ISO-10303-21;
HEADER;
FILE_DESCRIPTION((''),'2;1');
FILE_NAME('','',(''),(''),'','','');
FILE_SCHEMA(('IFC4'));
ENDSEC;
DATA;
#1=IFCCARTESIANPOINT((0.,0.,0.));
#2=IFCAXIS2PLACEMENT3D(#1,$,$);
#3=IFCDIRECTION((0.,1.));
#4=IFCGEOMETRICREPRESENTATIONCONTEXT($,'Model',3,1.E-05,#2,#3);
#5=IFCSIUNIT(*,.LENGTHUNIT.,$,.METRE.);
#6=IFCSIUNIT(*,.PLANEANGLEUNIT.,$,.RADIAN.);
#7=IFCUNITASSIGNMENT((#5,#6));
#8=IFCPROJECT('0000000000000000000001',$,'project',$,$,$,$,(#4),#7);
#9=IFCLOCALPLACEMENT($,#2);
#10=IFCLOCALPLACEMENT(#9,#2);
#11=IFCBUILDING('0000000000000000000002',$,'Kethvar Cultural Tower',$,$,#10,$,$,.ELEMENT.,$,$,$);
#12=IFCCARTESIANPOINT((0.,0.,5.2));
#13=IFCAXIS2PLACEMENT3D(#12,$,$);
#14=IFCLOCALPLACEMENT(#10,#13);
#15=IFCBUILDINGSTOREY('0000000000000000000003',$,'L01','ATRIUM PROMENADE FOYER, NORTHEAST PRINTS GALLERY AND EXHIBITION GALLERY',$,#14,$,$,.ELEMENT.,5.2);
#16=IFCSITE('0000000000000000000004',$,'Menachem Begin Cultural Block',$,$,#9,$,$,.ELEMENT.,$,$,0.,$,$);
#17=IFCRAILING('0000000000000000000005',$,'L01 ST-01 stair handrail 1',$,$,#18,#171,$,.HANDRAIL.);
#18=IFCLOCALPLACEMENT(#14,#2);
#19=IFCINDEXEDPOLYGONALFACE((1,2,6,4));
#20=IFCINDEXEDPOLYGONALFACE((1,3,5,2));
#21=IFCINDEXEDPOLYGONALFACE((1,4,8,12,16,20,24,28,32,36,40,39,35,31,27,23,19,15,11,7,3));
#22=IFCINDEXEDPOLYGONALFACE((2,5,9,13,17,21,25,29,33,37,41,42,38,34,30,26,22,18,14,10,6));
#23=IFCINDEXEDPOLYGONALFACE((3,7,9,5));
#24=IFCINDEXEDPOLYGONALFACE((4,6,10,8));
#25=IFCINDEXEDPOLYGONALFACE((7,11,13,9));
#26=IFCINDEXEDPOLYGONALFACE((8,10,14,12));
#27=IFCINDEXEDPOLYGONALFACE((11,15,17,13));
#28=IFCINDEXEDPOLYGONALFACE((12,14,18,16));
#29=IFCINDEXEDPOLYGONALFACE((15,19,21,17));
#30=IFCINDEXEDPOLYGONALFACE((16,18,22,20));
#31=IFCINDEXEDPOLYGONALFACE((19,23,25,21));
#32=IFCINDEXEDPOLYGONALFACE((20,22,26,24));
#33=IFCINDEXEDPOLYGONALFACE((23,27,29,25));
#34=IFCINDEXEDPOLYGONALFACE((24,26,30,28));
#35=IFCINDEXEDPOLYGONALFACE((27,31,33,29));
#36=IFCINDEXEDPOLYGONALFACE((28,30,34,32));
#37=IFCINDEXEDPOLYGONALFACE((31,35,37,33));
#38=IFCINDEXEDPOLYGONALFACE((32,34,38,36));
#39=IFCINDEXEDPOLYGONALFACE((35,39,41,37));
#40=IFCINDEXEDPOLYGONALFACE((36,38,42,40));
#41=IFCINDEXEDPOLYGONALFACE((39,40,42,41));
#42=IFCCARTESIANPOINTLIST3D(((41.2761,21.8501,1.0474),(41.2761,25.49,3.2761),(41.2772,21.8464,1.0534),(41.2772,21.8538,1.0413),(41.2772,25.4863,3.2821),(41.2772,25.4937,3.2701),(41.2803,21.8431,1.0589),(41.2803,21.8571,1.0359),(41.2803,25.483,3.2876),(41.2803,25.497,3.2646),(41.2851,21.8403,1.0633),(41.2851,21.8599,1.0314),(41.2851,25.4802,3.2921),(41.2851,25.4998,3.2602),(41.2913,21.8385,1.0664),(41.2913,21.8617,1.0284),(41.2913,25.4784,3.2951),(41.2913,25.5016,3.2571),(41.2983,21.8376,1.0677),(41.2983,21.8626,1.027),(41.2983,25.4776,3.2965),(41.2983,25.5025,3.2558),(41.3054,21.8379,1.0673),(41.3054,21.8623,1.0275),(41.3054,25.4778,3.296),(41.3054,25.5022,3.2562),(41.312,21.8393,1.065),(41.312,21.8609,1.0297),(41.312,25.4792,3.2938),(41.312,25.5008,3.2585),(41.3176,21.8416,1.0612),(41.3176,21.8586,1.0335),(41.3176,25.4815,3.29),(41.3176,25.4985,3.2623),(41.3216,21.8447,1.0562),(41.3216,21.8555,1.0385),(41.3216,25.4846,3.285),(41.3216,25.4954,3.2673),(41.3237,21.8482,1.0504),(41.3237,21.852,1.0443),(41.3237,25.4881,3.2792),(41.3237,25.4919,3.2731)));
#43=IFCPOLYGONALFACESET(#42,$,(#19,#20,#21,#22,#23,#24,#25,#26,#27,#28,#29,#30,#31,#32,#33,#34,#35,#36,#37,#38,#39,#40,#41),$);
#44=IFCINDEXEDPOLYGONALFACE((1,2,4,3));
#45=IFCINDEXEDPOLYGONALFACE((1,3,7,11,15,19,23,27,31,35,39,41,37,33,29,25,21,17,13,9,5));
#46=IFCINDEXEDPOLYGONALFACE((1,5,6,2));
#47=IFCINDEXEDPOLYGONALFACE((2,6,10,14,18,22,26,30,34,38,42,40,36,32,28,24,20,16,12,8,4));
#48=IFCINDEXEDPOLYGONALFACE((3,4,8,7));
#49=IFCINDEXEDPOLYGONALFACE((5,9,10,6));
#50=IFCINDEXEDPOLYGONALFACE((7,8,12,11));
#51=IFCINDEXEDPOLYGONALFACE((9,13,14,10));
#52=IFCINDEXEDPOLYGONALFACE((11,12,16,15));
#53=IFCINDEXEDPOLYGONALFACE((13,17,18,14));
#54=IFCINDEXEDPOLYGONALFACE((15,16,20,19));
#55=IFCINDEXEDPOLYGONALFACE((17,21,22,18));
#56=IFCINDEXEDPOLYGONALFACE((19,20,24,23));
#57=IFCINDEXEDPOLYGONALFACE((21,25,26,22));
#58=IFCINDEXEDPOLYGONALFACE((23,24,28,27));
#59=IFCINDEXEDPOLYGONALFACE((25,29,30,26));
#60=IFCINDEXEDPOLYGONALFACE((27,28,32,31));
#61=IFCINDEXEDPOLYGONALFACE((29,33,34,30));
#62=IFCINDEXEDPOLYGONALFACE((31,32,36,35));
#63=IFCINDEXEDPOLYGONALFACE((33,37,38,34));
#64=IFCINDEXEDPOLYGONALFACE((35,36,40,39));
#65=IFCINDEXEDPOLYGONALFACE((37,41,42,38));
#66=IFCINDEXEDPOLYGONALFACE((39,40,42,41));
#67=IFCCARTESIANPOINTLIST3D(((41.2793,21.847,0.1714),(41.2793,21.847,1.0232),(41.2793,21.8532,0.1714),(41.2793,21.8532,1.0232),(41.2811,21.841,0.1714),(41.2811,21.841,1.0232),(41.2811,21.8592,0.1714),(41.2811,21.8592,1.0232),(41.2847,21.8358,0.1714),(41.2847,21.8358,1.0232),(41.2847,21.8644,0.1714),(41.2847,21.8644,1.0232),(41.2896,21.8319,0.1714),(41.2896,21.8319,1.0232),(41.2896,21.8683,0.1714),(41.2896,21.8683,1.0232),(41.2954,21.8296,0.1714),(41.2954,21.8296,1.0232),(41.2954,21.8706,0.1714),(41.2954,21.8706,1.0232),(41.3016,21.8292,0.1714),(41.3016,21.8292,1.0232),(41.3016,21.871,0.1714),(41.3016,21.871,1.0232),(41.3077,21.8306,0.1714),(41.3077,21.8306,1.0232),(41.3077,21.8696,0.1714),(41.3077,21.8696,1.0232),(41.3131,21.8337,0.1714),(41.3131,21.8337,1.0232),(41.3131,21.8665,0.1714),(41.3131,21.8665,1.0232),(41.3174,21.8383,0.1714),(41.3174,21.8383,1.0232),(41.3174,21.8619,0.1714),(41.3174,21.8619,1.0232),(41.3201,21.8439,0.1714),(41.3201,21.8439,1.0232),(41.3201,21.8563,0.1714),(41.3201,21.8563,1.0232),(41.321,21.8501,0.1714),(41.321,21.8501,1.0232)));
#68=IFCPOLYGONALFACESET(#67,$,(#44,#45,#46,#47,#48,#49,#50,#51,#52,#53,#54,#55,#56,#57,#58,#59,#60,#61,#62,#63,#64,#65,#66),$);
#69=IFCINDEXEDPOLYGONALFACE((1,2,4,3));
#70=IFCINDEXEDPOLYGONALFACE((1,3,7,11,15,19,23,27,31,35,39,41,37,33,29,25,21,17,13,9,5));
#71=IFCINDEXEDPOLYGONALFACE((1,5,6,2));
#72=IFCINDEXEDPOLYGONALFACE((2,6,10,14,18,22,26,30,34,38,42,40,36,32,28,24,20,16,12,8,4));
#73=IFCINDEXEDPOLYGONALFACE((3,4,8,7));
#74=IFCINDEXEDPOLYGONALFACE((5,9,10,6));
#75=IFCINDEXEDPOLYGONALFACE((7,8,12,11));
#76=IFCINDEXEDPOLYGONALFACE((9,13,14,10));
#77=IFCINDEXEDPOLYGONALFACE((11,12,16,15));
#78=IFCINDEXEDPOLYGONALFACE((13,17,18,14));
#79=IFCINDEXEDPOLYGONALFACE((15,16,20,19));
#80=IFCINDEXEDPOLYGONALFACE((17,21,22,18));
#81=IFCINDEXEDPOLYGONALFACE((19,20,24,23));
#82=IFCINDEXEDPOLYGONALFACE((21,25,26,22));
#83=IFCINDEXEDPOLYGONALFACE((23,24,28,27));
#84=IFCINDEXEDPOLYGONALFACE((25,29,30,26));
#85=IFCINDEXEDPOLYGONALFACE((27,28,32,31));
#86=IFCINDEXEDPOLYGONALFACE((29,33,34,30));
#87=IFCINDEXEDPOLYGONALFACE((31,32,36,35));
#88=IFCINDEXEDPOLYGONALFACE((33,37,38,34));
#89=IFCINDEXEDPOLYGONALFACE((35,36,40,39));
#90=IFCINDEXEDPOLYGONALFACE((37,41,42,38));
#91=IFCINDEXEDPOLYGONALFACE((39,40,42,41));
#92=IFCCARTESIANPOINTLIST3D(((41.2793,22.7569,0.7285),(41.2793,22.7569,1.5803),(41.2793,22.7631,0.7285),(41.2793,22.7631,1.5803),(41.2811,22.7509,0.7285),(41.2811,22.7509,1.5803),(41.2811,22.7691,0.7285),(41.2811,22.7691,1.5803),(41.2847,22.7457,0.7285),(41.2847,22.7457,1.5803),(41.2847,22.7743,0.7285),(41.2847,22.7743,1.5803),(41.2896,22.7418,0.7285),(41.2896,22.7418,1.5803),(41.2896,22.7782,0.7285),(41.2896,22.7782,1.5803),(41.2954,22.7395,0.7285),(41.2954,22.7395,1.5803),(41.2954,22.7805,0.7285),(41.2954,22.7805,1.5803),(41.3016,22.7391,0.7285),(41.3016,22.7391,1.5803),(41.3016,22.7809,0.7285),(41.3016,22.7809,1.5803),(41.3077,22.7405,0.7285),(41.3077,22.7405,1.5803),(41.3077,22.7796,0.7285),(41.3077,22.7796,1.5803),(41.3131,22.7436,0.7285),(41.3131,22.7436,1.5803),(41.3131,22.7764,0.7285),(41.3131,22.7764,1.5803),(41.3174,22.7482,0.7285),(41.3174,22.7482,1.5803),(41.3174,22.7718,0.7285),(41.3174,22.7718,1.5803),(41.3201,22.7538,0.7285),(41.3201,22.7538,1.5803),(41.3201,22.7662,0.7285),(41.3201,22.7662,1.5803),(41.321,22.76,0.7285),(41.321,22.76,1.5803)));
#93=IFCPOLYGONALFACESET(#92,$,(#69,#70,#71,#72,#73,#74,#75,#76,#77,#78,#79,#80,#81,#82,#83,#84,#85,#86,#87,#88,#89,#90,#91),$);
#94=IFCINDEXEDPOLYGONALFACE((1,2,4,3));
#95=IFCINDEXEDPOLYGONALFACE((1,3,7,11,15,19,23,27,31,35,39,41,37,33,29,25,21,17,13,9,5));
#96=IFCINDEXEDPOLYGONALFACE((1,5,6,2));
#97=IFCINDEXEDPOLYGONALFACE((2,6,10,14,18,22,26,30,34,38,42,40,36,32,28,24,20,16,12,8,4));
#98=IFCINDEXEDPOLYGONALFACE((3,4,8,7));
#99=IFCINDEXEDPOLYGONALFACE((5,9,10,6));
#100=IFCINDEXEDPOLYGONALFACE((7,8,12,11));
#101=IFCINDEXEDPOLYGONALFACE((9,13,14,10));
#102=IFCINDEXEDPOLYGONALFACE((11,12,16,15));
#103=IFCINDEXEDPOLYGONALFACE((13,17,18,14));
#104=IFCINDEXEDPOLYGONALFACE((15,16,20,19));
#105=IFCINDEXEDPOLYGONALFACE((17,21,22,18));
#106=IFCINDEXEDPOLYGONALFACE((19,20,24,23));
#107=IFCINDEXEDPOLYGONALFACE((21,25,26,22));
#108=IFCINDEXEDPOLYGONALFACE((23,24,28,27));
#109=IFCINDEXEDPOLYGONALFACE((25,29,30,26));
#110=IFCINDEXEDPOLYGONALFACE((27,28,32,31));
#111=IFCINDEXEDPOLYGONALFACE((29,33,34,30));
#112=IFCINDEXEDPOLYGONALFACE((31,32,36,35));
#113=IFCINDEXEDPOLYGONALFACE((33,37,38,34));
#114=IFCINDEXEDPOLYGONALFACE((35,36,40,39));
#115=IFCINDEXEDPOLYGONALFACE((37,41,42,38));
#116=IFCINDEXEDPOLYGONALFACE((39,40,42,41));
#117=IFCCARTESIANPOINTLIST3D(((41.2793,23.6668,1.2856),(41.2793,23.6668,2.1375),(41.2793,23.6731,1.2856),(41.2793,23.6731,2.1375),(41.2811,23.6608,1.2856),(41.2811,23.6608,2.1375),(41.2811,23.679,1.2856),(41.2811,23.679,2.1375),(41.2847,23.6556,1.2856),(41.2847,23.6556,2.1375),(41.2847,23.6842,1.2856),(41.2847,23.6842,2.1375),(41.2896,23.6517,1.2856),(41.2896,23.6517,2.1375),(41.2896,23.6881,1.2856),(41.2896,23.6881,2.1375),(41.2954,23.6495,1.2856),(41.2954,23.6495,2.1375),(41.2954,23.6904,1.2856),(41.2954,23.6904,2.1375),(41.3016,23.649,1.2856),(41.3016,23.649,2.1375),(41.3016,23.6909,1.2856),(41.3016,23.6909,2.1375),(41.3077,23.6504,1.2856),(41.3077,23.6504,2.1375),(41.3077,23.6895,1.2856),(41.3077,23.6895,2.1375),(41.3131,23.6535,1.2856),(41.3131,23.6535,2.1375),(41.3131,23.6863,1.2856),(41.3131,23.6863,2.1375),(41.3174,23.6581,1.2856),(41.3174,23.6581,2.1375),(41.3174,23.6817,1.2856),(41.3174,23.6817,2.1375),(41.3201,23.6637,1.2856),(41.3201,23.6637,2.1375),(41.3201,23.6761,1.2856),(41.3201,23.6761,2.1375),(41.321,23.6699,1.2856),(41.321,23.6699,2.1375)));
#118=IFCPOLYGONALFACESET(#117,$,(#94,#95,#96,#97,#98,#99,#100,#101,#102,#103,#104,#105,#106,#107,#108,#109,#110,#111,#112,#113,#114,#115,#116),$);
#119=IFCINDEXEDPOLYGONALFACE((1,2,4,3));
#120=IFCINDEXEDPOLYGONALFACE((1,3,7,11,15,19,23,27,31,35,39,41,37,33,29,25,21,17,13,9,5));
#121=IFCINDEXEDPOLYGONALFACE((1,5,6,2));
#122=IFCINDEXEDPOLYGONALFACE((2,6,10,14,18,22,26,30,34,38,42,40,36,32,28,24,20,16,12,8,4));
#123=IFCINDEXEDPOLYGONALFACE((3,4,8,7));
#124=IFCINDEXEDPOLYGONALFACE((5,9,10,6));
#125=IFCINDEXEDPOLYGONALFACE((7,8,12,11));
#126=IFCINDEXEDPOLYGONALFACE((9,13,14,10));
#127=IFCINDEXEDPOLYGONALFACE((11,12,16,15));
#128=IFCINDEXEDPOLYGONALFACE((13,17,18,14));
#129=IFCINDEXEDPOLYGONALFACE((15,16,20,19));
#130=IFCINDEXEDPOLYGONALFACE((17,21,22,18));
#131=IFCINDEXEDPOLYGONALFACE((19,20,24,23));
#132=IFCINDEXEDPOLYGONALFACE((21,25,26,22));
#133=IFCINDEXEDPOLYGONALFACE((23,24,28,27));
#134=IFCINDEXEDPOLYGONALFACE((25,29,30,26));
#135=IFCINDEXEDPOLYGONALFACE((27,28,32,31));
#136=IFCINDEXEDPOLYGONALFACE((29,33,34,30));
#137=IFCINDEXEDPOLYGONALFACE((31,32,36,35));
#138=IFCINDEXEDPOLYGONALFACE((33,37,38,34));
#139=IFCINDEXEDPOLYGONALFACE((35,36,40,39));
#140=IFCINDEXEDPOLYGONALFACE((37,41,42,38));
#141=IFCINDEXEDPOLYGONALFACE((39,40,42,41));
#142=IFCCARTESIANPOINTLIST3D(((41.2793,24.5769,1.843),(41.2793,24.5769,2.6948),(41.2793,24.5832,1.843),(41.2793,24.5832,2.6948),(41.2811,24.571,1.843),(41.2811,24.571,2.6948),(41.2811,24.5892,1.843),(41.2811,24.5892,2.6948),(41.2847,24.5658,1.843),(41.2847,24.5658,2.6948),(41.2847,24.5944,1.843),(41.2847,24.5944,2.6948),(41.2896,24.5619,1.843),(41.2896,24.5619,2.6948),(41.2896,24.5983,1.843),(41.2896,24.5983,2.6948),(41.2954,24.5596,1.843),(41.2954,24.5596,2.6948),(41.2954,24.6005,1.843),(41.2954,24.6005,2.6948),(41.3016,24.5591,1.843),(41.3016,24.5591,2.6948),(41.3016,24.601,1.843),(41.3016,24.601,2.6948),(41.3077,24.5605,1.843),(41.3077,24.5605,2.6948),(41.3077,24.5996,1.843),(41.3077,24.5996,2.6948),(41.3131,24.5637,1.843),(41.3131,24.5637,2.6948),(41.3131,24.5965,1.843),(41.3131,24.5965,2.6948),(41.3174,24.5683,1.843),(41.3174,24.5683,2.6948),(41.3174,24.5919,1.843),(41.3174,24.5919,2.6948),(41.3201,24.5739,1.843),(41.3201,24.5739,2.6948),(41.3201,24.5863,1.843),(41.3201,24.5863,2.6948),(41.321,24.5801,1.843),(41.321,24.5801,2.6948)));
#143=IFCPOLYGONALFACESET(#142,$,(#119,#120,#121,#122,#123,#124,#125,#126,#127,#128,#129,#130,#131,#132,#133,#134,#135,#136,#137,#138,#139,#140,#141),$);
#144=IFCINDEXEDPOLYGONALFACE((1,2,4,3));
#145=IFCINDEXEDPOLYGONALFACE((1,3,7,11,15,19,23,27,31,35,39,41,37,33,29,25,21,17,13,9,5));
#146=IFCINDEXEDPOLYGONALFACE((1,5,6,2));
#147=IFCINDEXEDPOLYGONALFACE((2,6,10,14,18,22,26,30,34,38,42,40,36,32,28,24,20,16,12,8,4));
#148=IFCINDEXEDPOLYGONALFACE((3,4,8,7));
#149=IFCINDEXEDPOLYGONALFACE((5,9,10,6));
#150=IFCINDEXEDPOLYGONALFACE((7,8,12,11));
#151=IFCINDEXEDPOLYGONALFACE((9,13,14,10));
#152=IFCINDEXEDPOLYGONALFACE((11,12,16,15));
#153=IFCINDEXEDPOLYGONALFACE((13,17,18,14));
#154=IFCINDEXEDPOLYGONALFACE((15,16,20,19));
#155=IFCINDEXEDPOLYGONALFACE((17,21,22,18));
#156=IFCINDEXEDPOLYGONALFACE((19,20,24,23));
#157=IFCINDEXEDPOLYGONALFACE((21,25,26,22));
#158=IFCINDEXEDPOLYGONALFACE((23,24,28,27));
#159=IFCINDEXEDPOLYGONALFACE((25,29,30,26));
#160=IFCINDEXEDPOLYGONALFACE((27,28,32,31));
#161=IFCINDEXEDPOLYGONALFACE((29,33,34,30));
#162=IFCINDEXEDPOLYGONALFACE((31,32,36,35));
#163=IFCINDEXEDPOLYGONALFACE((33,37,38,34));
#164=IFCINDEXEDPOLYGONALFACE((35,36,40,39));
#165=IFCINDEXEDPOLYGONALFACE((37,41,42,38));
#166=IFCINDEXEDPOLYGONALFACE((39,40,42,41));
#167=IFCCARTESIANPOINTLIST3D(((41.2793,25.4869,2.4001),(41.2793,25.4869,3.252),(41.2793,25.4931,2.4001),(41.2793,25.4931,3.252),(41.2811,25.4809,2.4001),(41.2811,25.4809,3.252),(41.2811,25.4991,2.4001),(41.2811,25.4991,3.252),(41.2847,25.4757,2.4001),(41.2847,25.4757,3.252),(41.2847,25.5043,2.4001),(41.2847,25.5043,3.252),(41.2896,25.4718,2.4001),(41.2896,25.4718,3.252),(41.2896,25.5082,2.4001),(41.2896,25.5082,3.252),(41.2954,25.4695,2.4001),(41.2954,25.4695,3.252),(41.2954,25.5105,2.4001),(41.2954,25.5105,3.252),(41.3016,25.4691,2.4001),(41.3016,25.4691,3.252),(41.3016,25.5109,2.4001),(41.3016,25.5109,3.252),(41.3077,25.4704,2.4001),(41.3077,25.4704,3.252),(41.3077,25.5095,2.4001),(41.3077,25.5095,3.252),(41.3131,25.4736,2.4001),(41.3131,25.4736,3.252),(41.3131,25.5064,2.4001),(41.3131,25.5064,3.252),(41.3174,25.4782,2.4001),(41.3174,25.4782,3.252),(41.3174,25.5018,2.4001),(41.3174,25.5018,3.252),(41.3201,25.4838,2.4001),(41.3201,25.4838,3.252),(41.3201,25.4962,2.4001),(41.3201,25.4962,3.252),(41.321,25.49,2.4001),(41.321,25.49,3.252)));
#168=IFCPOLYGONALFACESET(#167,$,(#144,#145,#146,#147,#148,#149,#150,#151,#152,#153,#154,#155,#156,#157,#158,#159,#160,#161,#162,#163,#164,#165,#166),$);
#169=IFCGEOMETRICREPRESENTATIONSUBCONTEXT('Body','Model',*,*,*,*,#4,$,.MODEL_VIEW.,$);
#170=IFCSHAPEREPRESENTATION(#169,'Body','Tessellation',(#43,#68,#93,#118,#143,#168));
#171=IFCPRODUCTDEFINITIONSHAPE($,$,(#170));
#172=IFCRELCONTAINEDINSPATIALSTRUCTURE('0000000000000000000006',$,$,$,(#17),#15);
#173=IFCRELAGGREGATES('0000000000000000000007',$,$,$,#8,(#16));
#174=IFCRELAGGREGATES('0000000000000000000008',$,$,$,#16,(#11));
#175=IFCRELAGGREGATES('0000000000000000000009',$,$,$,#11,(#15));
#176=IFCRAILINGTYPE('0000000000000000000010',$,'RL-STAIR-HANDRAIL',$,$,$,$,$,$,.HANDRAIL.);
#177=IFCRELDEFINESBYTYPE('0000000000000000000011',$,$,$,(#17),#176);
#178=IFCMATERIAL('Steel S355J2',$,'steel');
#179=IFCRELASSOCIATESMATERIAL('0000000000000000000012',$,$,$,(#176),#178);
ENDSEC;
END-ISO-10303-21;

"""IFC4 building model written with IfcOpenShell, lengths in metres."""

from ifc_helpers import new_model, si_unit, direction, frame, origin, origin_2d, place, context, subcontext, project, spatial, circle, extrude, material, type_object, element, save


model = new_model("IFC4")

# Units and contexts
model_context = context("Model", 3, precision=1e-05, world=origin(), true_north=direction((0.0, 1.0)))
body_context = subcontext(model_context, "Body", "Model", "MODEL_VIEW")
ifc_project = project(units=[si_unit("LENGTHUNIT", "METRE"), si_unit("PLANEANGLEUNIT", "RADIAN")], contexts=[model_context])

# Site, building, storey
site_placement = place(None, origin())
site = spatial("IfcSite", under=ifc_project, at=site_placement, Name="Menachem Begin Cultural Block", CompositionType="ELEMENT", RefElevation=0.0)
building_placement = place(site_placement, origin())
building = spatial("IfcBuilding", under=site, at=building_placement, Name="Kethvar Cultural Tower", CompositionType="ELEMENT")
storey_placement = place(building_placement, frame((0.0, 0.0, 5.2)))
storey = spatial("IfcBuildingStorey", under=building, at=storey_placement, Name="L01", Description="ATRIUM PROMENADE FOYER, NORTHEAST PRINTS GALLERY AND EXHIBITION GALLERY", CompositionType="ELEMENT", Elevation=5.2)

# Shared definitions
ifc_material_1 = material(Name="Steel S355J2", Category="steel")

# Railing
railing_type_1 = type_object("IfcRailingType", Name="RL-STAIR-HANDRAIL", PredefinedType="HANDRAIL", material=ifc_material_1)
railing_1_placement = place(storey_placement, frame((41.3, 21.8501, 0.1714)))
element("IfcRailing", 1, at=railing_1_placement, inside=storey, type_object=railing_type_1, Name="L01 ST-01 stair handrail 1", PredefinedType="HANDRAIL", context=body_context, shape_type="SweptSolid", body=[
    extrude(circle(Radius=0.0239, at=origin_2d()), frame((0.0, 0.0, 0.876), z_axis=(0.0, 0.852825, 0.522197), x_axis=(-1.0, 0.0, 0.0)), (0.0, 0.0, 1.0), 4.2681),
    extrude(circle(Radius=0.021, at=origin_2d()), origin(), (0.0, 0.0, 1.0), 0.8518),
    extrude(circle(Radius=0.021, at=origin_2d()), frame((0.0, 0.9099, 0.5571)), (0.0, 0.0, 1.0), 0.8518),
    extrude(circle(Radius=0.021, at=origin_2d()), frame((0.0, 1.8198, 1.1143)), (0.0, 0.0, 1.0), 0.8518),
    extrude(circle(Radius=0.021, at=origin_2d()), frame((0.0, 2.73, 1.6716)), (0.0, 0.0, 1.0), 0.8518),
    extrude(circle(Radius=0.021, at=origin_2d()), frame((0.0, 3.6399, 2.2288)), (0.0, 0.0, 1.0), 0.8518),
])

save(model, "model.ifc")
